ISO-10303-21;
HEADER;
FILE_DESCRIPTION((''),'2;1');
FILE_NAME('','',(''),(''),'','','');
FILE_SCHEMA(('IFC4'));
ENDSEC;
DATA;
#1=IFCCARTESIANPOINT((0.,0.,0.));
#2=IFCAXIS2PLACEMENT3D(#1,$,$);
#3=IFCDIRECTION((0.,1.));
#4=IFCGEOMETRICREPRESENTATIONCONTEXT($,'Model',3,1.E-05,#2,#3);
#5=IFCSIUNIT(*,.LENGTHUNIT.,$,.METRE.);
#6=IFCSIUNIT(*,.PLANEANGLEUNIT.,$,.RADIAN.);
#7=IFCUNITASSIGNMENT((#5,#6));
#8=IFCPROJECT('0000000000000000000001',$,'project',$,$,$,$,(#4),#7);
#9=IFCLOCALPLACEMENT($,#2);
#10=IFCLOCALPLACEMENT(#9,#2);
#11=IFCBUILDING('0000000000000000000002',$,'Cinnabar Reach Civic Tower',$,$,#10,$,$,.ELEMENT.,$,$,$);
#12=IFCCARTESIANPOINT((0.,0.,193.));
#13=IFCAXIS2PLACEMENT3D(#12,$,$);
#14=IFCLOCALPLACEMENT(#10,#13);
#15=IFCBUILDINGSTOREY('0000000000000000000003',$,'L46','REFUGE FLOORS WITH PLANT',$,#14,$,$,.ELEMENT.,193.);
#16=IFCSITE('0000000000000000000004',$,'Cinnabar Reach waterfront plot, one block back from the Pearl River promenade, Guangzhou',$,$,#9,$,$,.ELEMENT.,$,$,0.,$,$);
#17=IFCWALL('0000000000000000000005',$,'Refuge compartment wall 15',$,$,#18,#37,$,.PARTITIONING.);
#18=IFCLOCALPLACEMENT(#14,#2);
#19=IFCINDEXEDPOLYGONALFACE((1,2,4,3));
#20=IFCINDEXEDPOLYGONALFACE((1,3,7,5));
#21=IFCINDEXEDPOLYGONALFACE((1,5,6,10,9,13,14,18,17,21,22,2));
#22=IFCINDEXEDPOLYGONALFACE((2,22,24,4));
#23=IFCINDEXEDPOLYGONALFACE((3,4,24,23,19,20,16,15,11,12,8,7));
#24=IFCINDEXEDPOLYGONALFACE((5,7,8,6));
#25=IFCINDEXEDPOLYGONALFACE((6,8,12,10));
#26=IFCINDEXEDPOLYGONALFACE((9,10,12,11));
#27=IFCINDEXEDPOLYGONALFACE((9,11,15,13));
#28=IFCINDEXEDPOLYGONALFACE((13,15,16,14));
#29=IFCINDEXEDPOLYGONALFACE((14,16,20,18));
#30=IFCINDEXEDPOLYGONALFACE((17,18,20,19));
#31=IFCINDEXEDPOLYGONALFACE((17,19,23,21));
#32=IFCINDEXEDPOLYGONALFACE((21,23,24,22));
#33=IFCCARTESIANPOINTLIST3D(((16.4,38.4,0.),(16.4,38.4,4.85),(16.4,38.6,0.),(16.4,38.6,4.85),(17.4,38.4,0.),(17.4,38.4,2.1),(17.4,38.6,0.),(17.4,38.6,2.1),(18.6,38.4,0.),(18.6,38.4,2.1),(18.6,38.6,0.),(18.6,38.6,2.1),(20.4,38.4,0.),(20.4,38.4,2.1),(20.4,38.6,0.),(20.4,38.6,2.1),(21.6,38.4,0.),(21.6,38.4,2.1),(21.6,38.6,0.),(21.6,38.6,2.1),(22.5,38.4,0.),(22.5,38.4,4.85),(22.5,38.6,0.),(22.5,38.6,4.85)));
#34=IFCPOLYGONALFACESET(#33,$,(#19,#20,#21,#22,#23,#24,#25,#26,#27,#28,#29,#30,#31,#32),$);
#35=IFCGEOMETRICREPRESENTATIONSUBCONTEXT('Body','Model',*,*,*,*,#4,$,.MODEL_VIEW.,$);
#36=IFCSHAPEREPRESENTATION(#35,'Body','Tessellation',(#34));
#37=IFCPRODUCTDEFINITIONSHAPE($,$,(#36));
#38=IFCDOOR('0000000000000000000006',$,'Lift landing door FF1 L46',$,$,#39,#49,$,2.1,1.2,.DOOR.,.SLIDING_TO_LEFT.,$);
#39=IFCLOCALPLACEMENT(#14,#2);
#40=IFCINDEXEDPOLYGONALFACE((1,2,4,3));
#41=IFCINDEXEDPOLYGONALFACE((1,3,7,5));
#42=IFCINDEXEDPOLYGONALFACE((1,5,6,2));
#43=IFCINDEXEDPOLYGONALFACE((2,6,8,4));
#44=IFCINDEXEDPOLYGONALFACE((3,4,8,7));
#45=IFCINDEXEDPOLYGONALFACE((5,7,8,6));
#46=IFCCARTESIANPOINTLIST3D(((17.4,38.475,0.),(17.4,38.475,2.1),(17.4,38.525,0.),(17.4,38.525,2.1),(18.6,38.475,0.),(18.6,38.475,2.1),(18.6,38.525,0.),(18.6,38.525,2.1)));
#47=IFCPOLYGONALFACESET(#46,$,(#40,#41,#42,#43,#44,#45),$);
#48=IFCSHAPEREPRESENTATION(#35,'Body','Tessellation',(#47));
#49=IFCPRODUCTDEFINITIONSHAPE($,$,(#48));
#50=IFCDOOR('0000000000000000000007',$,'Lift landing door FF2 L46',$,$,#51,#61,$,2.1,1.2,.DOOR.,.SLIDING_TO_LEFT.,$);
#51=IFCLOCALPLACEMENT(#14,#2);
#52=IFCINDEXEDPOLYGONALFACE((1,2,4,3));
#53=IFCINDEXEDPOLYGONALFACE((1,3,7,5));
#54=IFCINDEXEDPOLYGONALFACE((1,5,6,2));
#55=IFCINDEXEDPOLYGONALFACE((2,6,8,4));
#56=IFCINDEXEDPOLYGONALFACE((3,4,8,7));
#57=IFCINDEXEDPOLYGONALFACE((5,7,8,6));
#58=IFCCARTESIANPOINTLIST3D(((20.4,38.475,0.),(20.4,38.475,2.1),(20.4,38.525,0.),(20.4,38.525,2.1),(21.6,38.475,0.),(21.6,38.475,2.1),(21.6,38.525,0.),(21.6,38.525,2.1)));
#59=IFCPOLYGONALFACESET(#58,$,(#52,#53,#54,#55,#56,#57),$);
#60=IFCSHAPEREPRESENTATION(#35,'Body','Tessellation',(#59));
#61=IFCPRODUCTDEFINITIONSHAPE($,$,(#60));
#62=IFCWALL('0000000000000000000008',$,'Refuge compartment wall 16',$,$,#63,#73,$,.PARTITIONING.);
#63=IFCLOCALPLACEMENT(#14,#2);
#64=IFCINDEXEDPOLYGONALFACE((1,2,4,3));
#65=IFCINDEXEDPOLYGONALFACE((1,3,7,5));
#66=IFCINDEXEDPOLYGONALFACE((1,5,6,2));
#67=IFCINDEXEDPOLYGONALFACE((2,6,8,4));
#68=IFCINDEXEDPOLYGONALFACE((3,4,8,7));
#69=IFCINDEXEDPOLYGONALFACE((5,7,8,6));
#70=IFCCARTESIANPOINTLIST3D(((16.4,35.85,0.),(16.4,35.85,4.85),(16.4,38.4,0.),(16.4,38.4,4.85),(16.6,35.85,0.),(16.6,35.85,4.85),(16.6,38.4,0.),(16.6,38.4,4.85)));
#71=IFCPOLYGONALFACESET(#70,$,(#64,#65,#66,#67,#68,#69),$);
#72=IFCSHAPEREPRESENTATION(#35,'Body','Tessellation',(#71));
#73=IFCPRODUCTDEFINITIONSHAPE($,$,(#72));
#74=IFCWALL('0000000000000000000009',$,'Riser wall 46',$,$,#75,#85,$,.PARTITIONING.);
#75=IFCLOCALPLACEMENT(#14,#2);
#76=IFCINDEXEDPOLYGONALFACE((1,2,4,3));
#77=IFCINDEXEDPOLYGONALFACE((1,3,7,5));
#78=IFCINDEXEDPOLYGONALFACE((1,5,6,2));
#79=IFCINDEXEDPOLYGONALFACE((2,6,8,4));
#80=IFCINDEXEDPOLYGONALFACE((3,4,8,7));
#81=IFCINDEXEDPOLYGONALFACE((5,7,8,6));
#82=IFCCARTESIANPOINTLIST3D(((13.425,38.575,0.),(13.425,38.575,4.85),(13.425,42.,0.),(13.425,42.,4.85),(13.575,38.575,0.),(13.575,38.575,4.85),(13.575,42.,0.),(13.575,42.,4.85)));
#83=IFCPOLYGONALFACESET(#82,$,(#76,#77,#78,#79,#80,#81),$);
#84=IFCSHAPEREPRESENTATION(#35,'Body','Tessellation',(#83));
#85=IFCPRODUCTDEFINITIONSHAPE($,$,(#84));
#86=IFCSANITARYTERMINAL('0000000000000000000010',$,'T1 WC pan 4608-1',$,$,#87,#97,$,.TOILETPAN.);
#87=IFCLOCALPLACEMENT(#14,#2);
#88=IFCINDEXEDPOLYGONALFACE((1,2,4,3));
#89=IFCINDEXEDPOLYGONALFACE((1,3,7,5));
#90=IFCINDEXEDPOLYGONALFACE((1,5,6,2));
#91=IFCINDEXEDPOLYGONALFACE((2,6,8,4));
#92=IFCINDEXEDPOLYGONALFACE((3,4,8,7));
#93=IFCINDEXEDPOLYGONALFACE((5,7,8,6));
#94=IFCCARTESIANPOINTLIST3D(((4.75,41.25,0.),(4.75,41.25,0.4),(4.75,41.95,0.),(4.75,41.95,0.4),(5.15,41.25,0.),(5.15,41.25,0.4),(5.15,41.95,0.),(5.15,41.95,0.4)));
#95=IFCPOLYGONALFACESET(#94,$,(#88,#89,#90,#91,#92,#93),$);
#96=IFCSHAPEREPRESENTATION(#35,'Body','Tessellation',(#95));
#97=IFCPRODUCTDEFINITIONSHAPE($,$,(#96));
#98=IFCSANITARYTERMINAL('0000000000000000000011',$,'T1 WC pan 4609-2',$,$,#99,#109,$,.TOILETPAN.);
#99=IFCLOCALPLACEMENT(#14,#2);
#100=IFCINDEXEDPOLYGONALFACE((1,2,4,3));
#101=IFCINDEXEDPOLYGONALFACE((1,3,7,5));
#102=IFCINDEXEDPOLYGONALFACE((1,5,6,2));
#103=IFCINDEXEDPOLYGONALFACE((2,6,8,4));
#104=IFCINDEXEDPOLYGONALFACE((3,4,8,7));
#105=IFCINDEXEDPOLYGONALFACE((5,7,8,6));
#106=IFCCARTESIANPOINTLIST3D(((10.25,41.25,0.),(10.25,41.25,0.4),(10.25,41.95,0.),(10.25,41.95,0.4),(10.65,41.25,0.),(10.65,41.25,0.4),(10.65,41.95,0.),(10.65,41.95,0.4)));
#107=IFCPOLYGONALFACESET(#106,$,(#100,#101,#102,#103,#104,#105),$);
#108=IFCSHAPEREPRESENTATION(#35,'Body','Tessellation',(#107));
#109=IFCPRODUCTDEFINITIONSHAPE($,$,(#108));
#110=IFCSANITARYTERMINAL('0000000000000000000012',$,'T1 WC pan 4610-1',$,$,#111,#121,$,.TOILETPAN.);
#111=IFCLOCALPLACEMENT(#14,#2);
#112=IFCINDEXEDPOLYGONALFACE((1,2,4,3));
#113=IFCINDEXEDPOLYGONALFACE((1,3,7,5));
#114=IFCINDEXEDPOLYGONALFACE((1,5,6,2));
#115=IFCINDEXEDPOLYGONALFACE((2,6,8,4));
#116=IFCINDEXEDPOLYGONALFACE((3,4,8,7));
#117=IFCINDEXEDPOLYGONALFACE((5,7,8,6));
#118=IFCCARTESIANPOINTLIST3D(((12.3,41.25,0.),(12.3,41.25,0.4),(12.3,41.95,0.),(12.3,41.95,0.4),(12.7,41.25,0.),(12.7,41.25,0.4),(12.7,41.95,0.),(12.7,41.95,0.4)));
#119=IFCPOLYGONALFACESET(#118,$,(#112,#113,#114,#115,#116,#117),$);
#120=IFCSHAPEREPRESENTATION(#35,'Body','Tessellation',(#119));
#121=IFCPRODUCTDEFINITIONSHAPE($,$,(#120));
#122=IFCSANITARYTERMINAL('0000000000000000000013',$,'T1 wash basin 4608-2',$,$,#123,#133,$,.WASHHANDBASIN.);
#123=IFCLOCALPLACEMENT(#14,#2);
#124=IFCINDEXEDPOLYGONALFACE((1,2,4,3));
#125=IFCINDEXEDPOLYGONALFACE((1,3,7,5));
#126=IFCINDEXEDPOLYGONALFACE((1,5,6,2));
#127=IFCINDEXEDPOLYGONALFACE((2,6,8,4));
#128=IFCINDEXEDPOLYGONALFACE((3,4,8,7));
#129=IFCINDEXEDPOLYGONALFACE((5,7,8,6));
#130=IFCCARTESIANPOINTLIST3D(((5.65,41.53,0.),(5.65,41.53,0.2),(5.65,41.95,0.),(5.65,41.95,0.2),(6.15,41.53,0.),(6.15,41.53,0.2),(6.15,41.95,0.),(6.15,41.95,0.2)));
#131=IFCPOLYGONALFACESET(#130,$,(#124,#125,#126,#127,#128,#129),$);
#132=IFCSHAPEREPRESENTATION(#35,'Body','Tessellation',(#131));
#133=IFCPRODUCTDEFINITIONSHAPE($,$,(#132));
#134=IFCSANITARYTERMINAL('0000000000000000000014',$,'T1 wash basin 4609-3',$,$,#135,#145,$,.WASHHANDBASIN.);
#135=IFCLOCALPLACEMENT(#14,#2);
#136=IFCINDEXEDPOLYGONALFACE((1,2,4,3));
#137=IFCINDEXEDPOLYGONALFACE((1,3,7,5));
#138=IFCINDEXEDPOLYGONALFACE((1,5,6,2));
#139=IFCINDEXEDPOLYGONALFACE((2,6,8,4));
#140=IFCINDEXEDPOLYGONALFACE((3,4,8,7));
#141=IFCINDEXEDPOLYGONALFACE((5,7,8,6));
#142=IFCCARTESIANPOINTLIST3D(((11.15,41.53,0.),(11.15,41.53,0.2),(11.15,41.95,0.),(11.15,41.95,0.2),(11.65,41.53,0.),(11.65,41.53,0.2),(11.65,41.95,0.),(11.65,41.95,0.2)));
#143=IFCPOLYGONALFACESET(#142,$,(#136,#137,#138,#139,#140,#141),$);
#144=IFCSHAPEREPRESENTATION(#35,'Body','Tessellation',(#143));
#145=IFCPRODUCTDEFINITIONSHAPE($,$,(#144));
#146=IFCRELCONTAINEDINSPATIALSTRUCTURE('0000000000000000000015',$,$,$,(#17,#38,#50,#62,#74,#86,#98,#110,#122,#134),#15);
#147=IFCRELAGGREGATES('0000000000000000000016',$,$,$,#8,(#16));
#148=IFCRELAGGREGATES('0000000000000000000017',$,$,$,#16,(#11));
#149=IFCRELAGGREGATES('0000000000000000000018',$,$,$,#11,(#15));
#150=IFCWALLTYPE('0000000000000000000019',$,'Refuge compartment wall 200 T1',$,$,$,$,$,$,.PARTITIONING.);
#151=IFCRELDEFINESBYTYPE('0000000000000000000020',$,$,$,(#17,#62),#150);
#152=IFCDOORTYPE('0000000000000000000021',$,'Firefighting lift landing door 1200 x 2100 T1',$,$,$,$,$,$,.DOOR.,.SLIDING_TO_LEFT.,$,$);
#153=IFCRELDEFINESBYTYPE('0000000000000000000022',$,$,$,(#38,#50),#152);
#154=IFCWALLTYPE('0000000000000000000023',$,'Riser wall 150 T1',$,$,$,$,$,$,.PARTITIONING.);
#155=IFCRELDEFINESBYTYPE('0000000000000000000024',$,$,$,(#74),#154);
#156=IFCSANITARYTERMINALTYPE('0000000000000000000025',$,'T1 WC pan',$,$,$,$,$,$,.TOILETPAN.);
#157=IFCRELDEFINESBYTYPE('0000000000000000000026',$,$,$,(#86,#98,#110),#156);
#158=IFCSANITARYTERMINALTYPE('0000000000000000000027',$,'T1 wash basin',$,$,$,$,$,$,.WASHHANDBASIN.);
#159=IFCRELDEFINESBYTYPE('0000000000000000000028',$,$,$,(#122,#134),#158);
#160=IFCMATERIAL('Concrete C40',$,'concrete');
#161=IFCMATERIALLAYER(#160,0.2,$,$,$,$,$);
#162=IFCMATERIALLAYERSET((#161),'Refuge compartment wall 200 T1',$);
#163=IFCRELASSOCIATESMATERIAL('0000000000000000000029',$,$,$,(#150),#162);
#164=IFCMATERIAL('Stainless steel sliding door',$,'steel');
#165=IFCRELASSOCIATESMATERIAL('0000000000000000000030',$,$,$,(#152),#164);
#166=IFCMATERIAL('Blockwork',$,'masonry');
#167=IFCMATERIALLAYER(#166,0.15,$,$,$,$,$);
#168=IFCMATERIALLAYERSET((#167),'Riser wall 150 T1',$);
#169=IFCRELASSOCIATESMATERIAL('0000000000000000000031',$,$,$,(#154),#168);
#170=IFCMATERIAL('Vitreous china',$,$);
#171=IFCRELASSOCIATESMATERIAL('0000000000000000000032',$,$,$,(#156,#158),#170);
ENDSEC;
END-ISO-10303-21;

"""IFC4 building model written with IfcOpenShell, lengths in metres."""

from ifc_helpers import new_model, si_unit, direction, frame, frame_2d, origin, origin_2d, place, context, subcontext, project, spatial, rectangle, extrude, material, layer, layer_set, type_object, element, fill, save


model = new_model("IFC4")

# Units and contexts
model_context = context("Model", 3, precision=1e-05, world=origin(), true_north=direction((0.0, 1.0)))
body_context = subcontext(model_context, "Body", "Model", "MODEL_VIEW")
ifc_project = project(units=[si_unit("LENGTHUNIT", "METRE"), si_unit("PLANEANGLEUNIT", "RADIAN")], contexts=[model_context])

# Site, building, storey
site_placement = place(None, origin())
site = spatial("IfcSite", under=ifc_project, at=site_placement, Name="Cinnabar Reach waterfront plot, one block back from the Pearl River promenade, Guangzhou", CompositionType="ELEMENT", RefElevation=0.0)
building_placement = place(site_placement, origin())
building = spatial("IfcBuilding", under=site, at=building_placement, Name="Cinnabar Reach Civic Tower", CompositionType="ELEMENT")
storey_placement = place(building_placement, frame((0.0, 0.0, 193.0)))
storey = spatial("IfcBuildingStorey", under=building, at=storey_placement, Name="L46", Description="REFUGE FLOORS WITH PLANT", CompositionType="ELEMENT", Elevation=193.0)

# Shared definitions
ifc_material_1 = material(Name="Blockwork", Category="masonry")
ifc_material_2 = material(Name="Stainless steel sliding door", Category="steel")

# Shared definitions
ifc_material_3 = material(Name="Concrete C40", Category="concrete")
ifc_layer_1 = layer(ifc_material_3, 0.2)
ifc_layer_set_1 = layer_set([ifc_layer_1], Name="Refuge compartment wall 200 T1")
wall_type_1 = type_object("IfcWallType", Name="Refuge compartment wall 200 T1", PredefinedType="PARTITIONING", material=ifc_layer_set_1)

# Wall, openings, doors
wall_1_placement = place(storey_placement, frame((16.4, 38.5, 0.0), z_axis=(0.0, 0.0, 1.0), x_axis=(1.0, 0.0, 0.0)))
wall_1 = element("IfcWall", 1, at=wall_1_placement, inside=storey, type_object=wall_type_1, Name="Refuge compartment wall 15", PredefinedType="PARTITIONING", context=body_context, shape_type="SweptSolid", body=[
    extrude(rectangle(XDim=6.1, YDim=0.2, at=frame_2d((3.05, 0.0))), origin(), (0.0, 0.0, 1.0), 4.85),
])
opening_1_placement = place(wall_1_placement, frame((1.0, 0.0, 0.0)))
opening_1 = element("IfcOpeningElement", 2, at=opening_1_placement, cuts=wall_1, PredefinedType="OPENING", context=body_context, shape_type="SweptSolid", body=[
    extrude(rectangle(XDim=1.2, YDim=2.1, at=frame_2d((0.6, 1.05))), frame((0.0, 0.11, 0.0), z_axis=(0.0, -1.0, 0.0), x_axis=(1.0, 0.0, 0.0)), (0.0, 0.0, 1.0), 0.22),
])
opening_2_placement = place(wall_1_placement, frame((4.0, 0.0, 0.0)))
opening_2 = element("IfcOpeningElement", 3, at=opening_2_placement, cuts=wall_1, PredefinedType="OPENING", context=body_context, shape_type="SweptSolid", body=[
    extrude(rectangle(XDim=1.2, YDim=2.1, at=frame_2d((0.6, 1.05))), frame((0.0, 0.11, 0.0), z_axis=(0.0, -1.0, 0.0), x_axis=(1.0, 0.0, 0.0)), (0.0, 0.0, 1.0), 0.22),
])
door_type_1 = type_object("IfcDoorType", Name="Firefighting lift landing door 1200 x 2100 T1", OperationType="SLIDING_TO_LEFT", PredefinedType="DOOR", material=ifc_material_2)
door_1_placement = place(opening_1_placement, origin())
door_1 = element("IfcDoor", 4, at=door_1_placement, inside=storey, type_object=door_type_1, Name="Lift landing door FF1 L46", OperationType="SLIDING_TO_LEFT", OverallHeight=2.1, OverallWidth=1.2, PredefinedType="DOOR", context=body_context, shape_type="SweptSolid", body=[
    extrude(rectangle(XDim=1.2, YDim=2.1, at=frame_2d((0.6, 1.05))), frame((0.0, 0.025, 0.0), z_axis=(0.0, -1.0, 0.0), x_axis=(1.0, 0.0, 0.0)), (0.0, 0.0, 1.0), 0.05),
])
fill(opening_1, door_1)
door_2_placement = place(opening_2_placement, origin())
door_2 = element("IfcDoor", 5, at=door_2_placement, inside=storey, type_object=door_type_1, Name="Lift landing door FF2 L46", OperationType="SLIDING_TO_LEFT", OverallHeight=2.1, OverallWidth=1.2, PredefinedType="DOOR", context=body_context, shape_type="SweptSolid", body=[
    extrude(rectangle(XDim=1.2, YDim=2.1, at=frame_2d((0.6, 1.05))), frame((0.0, 0.025, 0.0), z_axis=(0.0, -1.0, 0.0), x_axis=(1.0, 0.0, 0.0)), (0.0, 0.0, 1.0), 0.05),
])
fill(opening_2, door_2)

# Walls
wall_2_placement = place(storey_placement, frame((16.5, 35.85, 0.0), z_axis=(0.0, 0.0, 1.0), x_axis=(0.0, 1.0, 0.0)))
element("IfcWall", 6, at=wall_2_placement, inside=storey, type_object=wall_type_1, Name="Refuge compartment wall 16", PredefinedType="PARTITIONING", context=body_context, shape_type="SweptSolid", body=[
    extrude(rectangle(XDim=2.55, YDim=0.2, at=frame_2d((1.275, 0.0))), origin(), (0.0, 0.0, 1.0), 4.85),
])
ifc_layer_2 = layer(ifc_material_1, 0.15)
ifc_layer_set_2 = layer_set([ifc_layer_2], Name="Riser wall 150 T1")
wall_type_2 = type_object("IfcWallType", Name="Riser wall 150 T1", PredefinedType="PARTITIONING", material=ifc_layer_set_2)
wall_3_placement = place(storey_placement, frame((13.5, 38.575, 0.0), z_axis=(0.0, 0.0, 1.0), x_axis=(0.0, 1.0, 0.0)))
element("IfcWall", 7, at=wall_3_placement, inside=storey, type_object=wall_type_2, Name="Riser wall 46", PredefinedType="PARTITIONING", context=body_context, shape_type="SweptSolid", body=[
    extrude(rectangle(XDim=3.425, YDim=0.15, at=frame_2d((1.7125, 0.0))), origin(), (0.0, 0.0, 1.0), 4.85),
])

# Sanitary terminals
ifc_material_4 = material(Name="Vitreous china")
sanitary_terminal_type_1 = type_object("IfcSanitaryTerminalType", Name="T1 WC pan", PredefinedType="TOILETPAN", material=ifc_material_4)
for number, where, z_axis, x_axis, name in (
    (8, (4.95, 41.6, 0.0), (0.0, 0.0, 1.0), (1.0, 0.0, 0.0), "T1 WC pan 4608-1"),
    (9, (10.45, 41.6, 0.0), (0.0, 0.0, 1.0), (1.0, 0.0, 0.0), "T1 WC pan 4609-2"),
    (10, (12.5, 41.6, 0.0), (0.0, 0.0, 1.0), (1.0, 0.0, 0.0), "T1 WC pan 4610-1"),
):
    element("IfcSanitaryTerminal", number, at=place(storey_placement, frame(where, z_axis=z_axis, x_axis=x_axis)), inside=storey, type_object=sanitary_terminal_type_1, Name=name, PredefinedType="TOILETPAN", context=body_context, shape_type="SweptSolid", body=[
        extrude(rectangle(XDim=0.4, YDim=0.7, at=origin_2d()), origin(), (0.0, 0.0, 1.0), 0.4),
    ])
sanitary_terminal_type_2 = type_object("IfcSanitaryTerminalType", Name="T1 wash basin", PredefinedType="WASHHANDBASIN", material=ifc_material_4)
for number, where, z_axis, x_axis, name in (
    (11, (5.9, 41.74, 0.0), (0.0, 0.0, 1.0), (1.0, 0.0, 0.0), "T1 wash basin 4608-2"),
    (12, (11.4, 41.74, 0.0), (0.0, 0.0, 1.0), (1.0, 0.0, 0.0), "T1 wash basin 4609-3"),
):
    element("IfcSanitaryTerminal", number, at=place(storey_placement, frame(where, z_axis=z_axis, x_axis=x_axis)), inside=storey, type_object=sanitary_terminal_type_2, Name=name, PredefinedType="WASHHANDBASIN", context=body_context, shape_type="SweptSolid", body=[
        extrude(rectangle(XDim=0.5, YDim=0.42, at=origin_2d()), origin(), (0.0, 0.0, 1.0), 0.2),
    ])

save(model, "model.ifc")
